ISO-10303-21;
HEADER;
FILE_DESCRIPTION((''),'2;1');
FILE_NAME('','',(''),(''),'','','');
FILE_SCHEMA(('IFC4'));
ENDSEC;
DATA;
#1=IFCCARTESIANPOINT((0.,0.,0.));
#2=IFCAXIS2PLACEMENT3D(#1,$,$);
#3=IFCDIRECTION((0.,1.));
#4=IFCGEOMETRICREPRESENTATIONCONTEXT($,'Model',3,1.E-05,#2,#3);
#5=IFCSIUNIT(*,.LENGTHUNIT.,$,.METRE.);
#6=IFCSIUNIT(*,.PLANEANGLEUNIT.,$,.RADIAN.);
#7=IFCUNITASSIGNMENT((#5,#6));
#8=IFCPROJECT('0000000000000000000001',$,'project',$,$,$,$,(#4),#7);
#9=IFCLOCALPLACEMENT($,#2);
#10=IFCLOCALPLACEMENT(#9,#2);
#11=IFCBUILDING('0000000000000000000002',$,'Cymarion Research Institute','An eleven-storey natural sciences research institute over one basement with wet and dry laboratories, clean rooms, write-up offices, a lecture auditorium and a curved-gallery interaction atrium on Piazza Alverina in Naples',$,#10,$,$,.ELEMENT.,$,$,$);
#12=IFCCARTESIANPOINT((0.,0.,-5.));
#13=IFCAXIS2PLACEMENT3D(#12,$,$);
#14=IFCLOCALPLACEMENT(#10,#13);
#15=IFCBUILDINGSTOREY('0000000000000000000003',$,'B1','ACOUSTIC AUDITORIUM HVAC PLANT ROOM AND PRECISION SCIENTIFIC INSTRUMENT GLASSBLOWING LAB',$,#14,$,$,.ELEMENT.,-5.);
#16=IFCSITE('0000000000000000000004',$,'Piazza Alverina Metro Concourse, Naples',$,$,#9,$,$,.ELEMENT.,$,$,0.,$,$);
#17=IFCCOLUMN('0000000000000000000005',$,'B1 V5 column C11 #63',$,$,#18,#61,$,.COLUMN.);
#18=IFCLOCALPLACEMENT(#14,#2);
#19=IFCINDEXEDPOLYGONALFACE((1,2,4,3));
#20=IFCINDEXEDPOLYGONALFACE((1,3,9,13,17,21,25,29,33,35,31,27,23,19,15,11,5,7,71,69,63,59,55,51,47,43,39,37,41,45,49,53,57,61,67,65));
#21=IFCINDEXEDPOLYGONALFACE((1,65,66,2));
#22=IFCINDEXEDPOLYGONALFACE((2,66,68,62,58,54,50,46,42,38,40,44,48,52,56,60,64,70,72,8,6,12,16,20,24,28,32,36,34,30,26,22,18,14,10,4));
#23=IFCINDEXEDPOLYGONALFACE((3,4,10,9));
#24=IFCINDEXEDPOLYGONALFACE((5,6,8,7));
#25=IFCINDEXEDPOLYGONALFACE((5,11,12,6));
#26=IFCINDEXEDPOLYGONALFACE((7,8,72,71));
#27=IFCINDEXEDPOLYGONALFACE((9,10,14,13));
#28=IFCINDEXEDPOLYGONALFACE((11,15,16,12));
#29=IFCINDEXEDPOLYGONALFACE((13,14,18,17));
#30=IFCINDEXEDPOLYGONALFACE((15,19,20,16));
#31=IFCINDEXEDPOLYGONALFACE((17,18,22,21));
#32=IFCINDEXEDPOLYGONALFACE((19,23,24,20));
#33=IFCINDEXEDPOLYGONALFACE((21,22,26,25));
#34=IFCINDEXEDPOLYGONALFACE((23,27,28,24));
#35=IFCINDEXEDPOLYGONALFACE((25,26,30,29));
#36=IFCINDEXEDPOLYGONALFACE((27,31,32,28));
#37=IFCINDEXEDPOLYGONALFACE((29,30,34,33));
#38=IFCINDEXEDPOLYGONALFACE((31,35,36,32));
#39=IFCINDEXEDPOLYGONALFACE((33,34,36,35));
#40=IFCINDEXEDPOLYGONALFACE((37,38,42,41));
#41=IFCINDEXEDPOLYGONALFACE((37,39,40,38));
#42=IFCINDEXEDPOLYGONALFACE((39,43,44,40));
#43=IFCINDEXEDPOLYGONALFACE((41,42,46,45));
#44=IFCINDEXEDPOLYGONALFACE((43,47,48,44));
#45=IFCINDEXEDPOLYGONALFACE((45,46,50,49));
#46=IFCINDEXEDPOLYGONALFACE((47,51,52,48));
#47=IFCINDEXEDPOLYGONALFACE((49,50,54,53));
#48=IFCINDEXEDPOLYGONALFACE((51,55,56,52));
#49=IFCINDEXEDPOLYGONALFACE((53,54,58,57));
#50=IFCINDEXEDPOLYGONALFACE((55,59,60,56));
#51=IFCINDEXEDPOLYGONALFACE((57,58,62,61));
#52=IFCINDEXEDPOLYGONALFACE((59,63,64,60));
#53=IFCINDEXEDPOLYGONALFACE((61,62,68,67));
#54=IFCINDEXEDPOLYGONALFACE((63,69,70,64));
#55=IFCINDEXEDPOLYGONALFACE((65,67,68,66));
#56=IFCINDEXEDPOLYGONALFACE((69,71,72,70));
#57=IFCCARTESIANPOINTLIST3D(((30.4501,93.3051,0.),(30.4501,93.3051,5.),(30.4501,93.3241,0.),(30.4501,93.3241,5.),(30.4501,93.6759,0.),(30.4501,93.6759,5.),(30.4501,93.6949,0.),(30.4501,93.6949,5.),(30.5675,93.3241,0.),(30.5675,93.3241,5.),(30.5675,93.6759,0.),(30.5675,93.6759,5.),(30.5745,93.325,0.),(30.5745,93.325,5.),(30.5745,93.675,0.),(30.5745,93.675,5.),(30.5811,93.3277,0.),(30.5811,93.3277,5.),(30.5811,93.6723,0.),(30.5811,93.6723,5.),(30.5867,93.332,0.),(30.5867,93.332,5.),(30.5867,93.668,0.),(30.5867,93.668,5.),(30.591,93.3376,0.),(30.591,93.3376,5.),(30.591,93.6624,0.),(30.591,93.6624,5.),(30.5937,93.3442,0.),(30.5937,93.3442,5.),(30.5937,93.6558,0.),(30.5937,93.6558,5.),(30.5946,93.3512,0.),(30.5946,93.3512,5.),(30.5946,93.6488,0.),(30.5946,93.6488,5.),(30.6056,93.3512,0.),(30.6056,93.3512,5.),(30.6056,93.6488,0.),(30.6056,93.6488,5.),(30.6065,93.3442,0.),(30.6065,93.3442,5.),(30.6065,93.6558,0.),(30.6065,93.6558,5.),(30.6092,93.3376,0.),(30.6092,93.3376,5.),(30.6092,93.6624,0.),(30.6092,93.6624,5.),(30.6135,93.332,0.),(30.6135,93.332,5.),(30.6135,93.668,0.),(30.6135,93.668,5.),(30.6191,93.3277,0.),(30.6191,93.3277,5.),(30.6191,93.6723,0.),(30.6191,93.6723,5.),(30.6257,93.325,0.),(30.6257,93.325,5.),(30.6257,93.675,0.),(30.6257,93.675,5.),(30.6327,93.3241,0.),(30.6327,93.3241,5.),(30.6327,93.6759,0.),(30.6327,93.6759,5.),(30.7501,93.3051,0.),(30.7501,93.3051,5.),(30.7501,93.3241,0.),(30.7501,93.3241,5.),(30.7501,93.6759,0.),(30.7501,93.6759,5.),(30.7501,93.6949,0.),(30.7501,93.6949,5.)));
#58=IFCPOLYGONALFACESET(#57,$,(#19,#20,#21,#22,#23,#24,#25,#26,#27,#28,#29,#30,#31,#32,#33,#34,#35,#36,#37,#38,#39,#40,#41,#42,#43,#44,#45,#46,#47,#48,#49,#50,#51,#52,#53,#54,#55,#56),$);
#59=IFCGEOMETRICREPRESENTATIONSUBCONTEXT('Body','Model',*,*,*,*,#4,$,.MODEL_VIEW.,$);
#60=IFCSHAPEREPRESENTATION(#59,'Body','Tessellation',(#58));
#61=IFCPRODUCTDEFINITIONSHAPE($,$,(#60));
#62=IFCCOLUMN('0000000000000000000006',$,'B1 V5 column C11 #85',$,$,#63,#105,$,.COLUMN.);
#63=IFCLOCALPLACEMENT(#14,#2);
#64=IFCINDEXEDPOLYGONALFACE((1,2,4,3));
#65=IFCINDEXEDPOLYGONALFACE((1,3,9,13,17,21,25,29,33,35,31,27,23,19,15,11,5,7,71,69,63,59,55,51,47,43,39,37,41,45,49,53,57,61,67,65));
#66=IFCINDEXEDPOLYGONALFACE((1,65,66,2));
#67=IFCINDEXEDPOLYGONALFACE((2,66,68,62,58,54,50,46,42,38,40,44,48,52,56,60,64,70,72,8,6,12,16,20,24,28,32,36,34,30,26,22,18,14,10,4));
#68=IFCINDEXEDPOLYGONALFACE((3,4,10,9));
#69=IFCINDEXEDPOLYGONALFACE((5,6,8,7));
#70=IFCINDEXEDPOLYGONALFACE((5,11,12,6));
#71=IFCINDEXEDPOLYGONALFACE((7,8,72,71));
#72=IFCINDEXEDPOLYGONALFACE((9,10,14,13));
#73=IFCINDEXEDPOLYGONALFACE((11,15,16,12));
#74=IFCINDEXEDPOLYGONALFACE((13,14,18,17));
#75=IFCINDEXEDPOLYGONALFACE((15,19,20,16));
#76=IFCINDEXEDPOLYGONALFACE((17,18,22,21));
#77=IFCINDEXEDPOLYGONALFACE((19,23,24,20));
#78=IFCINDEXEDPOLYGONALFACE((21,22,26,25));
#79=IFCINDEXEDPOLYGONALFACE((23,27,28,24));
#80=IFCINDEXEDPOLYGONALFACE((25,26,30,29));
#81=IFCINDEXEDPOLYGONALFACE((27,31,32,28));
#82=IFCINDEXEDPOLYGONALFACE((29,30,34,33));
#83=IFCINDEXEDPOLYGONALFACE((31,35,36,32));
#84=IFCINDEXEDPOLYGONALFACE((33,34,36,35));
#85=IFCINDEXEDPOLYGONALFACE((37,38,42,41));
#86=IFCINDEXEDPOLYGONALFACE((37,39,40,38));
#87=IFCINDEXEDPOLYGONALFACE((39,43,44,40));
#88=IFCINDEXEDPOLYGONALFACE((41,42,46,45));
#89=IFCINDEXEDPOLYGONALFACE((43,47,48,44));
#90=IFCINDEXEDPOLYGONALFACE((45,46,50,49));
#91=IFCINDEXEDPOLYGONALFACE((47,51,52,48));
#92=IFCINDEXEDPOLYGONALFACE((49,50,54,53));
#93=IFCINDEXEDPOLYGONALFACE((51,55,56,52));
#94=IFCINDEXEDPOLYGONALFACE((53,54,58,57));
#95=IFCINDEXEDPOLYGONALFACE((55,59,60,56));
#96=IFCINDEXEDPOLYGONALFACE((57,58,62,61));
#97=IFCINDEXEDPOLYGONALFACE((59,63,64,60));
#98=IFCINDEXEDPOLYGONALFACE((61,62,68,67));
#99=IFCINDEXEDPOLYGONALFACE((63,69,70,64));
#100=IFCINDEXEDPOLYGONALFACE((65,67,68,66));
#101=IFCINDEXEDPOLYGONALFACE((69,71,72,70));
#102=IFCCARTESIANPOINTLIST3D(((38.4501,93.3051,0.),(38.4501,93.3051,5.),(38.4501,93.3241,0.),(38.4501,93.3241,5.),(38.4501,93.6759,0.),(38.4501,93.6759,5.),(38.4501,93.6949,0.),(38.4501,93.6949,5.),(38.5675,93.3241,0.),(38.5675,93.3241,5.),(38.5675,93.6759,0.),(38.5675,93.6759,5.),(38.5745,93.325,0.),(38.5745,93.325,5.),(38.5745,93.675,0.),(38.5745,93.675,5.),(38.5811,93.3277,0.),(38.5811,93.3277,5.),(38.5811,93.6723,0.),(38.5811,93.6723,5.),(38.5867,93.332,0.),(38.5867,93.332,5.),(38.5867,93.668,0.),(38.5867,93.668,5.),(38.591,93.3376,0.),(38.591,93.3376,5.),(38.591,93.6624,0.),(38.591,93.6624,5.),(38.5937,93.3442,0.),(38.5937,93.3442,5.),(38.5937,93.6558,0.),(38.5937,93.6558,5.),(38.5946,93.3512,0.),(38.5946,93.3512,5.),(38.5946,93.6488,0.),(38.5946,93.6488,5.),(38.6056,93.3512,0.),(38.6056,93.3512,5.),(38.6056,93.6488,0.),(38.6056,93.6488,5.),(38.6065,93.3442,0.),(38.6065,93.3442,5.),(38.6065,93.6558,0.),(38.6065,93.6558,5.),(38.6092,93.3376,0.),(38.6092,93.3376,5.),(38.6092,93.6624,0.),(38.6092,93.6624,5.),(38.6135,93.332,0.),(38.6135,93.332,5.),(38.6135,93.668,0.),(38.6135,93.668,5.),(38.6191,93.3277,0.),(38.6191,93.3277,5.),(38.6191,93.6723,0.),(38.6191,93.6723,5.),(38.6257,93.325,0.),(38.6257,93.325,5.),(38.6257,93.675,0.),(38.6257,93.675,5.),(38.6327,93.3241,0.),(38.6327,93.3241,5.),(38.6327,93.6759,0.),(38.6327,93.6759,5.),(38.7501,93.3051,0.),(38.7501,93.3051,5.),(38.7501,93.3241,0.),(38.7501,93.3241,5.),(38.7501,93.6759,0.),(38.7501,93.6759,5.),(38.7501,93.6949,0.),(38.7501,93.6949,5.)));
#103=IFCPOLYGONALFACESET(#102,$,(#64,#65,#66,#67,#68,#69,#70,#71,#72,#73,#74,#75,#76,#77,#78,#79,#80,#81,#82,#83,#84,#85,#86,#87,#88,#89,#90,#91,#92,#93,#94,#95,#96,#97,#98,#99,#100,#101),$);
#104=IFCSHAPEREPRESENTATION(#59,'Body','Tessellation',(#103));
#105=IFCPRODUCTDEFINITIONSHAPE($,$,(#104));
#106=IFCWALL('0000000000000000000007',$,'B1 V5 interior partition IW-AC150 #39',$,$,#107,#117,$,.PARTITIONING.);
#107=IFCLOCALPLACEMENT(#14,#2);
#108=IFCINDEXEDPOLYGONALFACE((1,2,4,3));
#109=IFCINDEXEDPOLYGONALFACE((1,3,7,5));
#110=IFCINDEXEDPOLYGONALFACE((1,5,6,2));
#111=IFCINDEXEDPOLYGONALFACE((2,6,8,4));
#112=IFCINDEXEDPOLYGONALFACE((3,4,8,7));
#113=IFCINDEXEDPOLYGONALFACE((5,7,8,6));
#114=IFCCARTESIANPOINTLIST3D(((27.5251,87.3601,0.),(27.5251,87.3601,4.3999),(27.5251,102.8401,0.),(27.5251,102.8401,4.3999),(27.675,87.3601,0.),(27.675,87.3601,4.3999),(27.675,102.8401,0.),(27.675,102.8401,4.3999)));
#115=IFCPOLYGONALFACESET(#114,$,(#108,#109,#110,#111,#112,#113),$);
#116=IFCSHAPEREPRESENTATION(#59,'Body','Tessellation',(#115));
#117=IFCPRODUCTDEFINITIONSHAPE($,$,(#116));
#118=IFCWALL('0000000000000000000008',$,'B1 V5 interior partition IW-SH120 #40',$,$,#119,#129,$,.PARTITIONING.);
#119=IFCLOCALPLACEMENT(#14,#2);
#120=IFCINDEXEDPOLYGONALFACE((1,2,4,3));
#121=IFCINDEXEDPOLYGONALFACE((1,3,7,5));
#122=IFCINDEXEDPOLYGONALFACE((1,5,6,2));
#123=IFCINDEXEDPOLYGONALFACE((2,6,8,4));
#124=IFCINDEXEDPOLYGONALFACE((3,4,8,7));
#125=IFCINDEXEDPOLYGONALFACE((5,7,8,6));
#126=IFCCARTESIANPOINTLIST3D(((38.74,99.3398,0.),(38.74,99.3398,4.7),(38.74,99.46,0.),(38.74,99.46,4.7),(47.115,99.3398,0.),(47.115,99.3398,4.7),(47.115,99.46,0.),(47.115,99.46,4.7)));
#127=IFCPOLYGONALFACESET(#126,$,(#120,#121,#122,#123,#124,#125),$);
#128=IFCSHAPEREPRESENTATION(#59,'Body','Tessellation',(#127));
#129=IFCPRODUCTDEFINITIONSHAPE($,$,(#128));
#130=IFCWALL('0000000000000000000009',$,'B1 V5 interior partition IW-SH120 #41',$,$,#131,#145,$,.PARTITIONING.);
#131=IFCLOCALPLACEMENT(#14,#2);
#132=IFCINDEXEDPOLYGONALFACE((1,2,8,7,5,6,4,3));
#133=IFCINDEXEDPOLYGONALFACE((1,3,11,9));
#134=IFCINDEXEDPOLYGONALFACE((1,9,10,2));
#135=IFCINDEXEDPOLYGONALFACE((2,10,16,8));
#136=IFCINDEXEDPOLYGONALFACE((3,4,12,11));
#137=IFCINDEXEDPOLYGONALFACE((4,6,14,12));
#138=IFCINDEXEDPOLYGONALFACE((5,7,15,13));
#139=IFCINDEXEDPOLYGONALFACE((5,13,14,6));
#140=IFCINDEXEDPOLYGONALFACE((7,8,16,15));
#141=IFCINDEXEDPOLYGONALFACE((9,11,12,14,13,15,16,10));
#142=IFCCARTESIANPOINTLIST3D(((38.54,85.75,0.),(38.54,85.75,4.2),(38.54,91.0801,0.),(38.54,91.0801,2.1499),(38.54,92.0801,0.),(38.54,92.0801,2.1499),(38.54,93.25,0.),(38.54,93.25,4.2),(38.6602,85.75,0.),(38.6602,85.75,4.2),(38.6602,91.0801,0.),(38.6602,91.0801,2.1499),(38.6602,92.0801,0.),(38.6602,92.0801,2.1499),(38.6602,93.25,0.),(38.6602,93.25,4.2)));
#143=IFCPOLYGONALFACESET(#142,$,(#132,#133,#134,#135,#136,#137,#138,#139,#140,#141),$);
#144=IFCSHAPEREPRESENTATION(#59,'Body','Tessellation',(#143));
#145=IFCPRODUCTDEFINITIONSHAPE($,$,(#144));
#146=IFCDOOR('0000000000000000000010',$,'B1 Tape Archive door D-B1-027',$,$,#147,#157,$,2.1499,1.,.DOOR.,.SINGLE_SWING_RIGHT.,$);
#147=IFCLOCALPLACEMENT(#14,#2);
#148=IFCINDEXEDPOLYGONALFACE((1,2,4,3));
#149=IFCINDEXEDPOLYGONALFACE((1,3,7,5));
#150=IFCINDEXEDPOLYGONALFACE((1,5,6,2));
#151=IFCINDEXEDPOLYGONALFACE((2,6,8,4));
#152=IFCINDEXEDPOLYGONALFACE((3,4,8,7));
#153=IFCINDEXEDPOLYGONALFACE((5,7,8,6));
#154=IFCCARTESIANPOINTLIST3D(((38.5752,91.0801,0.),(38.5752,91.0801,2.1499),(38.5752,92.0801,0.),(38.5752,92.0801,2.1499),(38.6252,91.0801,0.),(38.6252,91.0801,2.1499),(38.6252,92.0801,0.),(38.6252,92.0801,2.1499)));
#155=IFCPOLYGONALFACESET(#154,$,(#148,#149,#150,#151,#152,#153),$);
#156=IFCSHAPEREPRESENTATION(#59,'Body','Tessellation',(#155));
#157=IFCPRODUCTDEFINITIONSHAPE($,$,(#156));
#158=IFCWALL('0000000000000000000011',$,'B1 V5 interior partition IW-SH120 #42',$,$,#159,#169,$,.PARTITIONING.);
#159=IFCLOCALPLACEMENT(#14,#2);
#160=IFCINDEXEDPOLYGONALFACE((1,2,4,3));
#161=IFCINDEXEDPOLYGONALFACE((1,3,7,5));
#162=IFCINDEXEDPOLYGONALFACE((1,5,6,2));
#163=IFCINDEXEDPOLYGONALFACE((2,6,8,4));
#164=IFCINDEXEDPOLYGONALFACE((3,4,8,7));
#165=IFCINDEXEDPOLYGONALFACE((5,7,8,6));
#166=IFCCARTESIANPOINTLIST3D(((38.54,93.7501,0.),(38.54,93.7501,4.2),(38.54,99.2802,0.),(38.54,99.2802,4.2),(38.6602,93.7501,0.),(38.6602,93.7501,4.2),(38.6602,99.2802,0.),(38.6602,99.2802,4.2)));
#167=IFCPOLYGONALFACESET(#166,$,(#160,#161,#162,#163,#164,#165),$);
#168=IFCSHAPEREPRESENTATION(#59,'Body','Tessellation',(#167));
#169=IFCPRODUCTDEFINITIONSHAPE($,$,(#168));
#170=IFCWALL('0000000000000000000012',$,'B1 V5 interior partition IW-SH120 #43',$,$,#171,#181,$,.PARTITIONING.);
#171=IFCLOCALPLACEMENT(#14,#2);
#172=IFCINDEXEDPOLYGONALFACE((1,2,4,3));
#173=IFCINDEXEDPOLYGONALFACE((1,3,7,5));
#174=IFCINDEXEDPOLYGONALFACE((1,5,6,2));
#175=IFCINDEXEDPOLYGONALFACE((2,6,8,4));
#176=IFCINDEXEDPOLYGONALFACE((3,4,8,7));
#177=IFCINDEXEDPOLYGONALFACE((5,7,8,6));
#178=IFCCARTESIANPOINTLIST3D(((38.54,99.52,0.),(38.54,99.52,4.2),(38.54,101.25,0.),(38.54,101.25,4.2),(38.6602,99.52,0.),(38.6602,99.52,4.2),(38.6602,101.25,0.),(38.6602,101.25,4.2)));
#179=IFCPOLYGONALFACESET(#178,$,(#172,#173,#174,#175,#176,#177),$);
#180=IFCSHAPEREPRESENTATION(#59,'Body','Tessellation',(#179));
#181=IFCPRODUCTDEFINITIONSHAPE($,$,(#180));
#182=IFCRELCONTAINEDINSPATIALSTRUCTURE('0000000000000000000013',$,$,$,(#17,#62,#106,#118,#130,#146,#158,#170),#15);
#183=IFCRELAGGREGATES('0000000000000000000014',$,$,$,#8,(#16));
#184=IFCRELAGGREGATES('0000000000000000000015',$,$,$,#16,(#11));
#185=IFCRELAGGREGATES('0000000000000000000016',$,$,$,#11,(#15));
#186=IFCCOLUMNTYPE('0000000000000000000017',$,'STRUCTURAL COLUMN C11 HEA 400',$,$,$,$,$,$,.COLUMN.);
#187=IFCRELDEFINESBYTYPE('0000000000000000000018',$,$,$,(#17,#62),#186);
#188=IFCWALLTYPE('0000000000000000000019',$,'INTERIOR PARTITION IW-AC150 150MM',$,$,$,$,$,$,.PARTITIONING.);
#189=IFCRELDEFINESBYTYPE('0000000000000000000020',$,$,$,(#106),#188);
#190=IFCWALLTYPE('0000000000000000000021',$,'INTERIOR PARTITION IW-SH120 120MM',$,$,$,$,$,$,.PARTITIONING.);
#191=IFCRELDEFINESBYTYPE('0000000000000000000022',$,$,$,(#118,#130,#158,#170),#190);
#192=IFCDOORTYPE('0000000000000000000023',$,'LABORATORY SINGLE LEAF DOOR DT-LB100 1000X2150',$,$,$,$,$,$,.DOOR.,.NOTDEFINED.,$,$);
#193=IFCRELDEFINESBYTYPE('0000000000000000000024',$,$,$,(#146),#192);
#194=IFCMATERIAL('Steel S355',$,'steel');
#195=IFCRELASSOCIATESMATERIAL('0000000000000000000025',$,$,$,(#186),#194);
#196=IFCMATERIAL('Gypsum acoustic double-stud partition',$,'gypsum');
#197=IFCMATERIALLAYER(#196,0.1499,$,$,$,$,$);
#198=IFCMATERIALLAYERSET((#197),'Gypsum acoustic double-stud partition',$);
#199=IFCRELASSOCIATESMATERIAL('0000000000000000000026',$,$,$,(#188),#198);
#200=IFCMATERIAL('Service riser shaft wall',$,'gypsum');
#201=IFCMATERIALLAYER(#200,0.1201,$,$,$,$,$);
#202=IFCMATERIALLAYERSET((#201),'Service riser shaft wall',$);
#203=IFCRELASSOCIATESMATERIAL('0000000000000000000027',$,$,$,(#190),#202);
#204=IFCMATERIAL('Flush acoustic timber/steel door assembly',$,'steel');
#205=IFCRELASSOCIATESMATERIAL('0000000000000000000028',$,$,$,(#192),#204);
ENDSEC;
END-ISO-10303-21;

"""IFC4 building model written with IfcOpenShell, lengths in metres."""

from ifc_helpers import new_model, si_unit, direction, frame, frame_2d, origin, origin_2d, place, context, subcontext, project, spatial, rectangle, i_section, extrude, material, layer, layer_set, material_profile, profile_set, type_object, element, fill, save


model = new_model("IFC4")

# Units and contexts
model_context = context("Model", 3, precision=1e-05, world=origin(), true_north=direction((0.0, 1.0)))
body_context = subcontext(model_context, "Body", "Model", "MODEL_VIEW")
ifc_project = project(units=[si_unit("LENGTHUNIT", "METRE"), si_unit("PLANEANGLEUNIT", "RADIAN")], contexts=[model_context])

# Site, building, storey
site_placement = place(None, origin())
site = spatial("IfcSite", under=ifc_project, at=site_placement, Name="Piazza Alverina Metro Concourse, Naples", CompositionType="ELEMENT", RefElevation=0.0)
building_placement = place(site_placement, origin())
building = spatial("IfcBuilding", under=site, at=building_placement, Name="Cymarion Research Institute", Description="An eleven-storey natural sciences research institute over one basement with wet and dry laboratories, clean rooms, write-up offices, a lecture auditorium and a curved-gallery interaction atrium on Piazza Alverina in Naples", CompositionType="ELEMENT")
storey_placement = place(building_placement, frame((0.0, 0.0, -5.0)))
storey = spatial("IfcBuildingStorey", under=building, at=storey_placement, Name="B1", Description="ACOUSTIC AUDITORIUM HVAC PLANT ROOM AND PRECISION SCIENTIFIC INSTRUMENT GLASSBLOWING LAB", CompositionType="ELEMENT", Elevation=-5.0)

# Columns
ifc_material_1 = material(Name="Steel S355", Category="steel")
ifc_material_profile_1 = material_profile(ifc_material_1, i_section(OverallWidth=0.3, OverallDepth=0.3899, WebThickness=0.011, FlangeThickness=0.019, FilletRadius=0.0271, at=origin_2d()), Name="HEA 400")
ifc_profile_set_1 = profile_set([ifc_material_profile_1], Name="Steel S355")
column_type_1 = type_object("IfcColumnType", Name="STRUCTURAL COLUMN C11 HEA 400", PredefinedType="COLUMN", material=ifc_profile_set_1)
for number, where, z_axis, x_axis, name in (
    (1, (30.6001, 93.5, 0.0), (0.0, 0.0, 1.0), (1.0, 0.0, 0.0), "B1 V5 column C11 #63"),
    (2, (38.6001, 93.5, 0.0), (0.0, 0.0, 1.0), (1.0, 0.0, 0.0), "B1 V5 column C11 #85"),
):
    element("IfcColumn", number, at=place(storey_placement, frame(where, z_axis=z_axis, x_axis=x_axis)), inside=storey, type_object=column_type_1, Name=name, PredefinedType="COLUMN", context=body_context, shape_type="SweptSolid", body=[
        extrude(i_section(OverallWidth=0.3, OverallDepth=0.3899, WebThickness=0.011, FlangeThickness=0.019, FilletRadius=0.0271, at=origin_2d()), origin(), (0.0, 0.0, 1.0), 5.0),
    ])

# Walls
ifc_material_2 = material(Name="Gypsum acoustic double-stud partition", Category="gypsum")
ifc_layer_1 = layer(ifc_material_2, 0.1499)
ifc_layer_set_1 = layer_set([ifc_layer_1], Name="Gypsum acoustic double-stud partition")
wall_type_1 = type_object("IfcWallType", Name="INTERIOR PARTITION IW-AC150 150MM", PredefinedType="PARTITIONING", material=ifc_layer_set_1)
wall_1_placement = place(storey_placement, frame((27.6001, 87.3601, 0.0), z_axis=(0.0, 0.0, 1.0), x_axis=(0.0, 1.0, 0.0)))
element("IfcWall", 3, at=wall_1_placement, inside=storey, type_object=wall_type_1, Name="B1 V5 interior partition IW-AC150 #39", PredefinedType="PARTITIONING", context=body_context, shape_type="SweptSolid", body=[
    extrude(rectangle(XDim=15.48, YDim=0.1499, at=frame_2d((7.74, 0.0))), origin(), (0.0, 0.0, 1.0), 4.3999),
])
ifc_material_3 = material(Name="Service riser shaft wall", Category="gypsum")
ifc_layer_2 = layer(ifc_material_3, 0.1201)
ifc_layer_set_2 = layer_set([ifc_layer_2], Name="Service riser shaft wall")
wall_type_2 = type_object("IfcWallType", Name="INTERIOR PARTITION IW-SH120 120MM", PredefinedType="PARTITIONING", material=ifc_layer_set_2)
wall_2_placement = place(storey_placement, frame((38.74, 99.3999, 0.0), z_axis=(0.0, 0.0, 1.0), x_axis=(1.0, 0.0, 0.0)))
element("IfcWall", 4, at=wall_2_placement, inside=storey, type_object=wall_type_2, Name="B1 V5 interior partition IW-SH120 #40", PredefinedType="PARTITIONING", context=body_context, shape_type="SweptSolid", body=[
    extrude(rectangle(XDim=8.375, YDim=0.1201, at=frame_2d((4.1875, 0.0))), origin(), (0.0, 0.0, 1.0), 4.7),
])

# Wall, opening, door
wall_3_placement = place(storey_placement, frame((38.6001, 85.75, 0.0), z_axis=(0.0, 0.0, 1.0), x_axis=(0.0, 1.0, 0.0)))
wall_3 = element("IfcWall", 5, at=wall_3_placement, inside=storey, type_object=wall_type_2, Name="B1 V5 interior partition IW-SH120 #41", PredefinedType="PARTITIONING", context=body_context, shape_type="SweptSolid", body=[
    extrude(rectangle(XDim=7.5, YDim=0.1201, at=frame_2d((3.75, 0.0))), origin(), (0.0, 0.0, 1.0), 4.2),
])
opening_placement = place(wall_3_placement, frame((5.3301, 0.0, 0.0)))
opening = element("IfcOpeningElement", 6, at=opening_placement, cuts=wall_3, PredefinedType="OPENING", context=body_context, shape_type="SweptSolid", body=[
    extrude(rectangle(XDim=1.0, YDim=2.1499, at=frame_2d((0.5, 1.075))), frame((0.0, 0.0701, 0.0), z_axis=(0.0, -1.0, 0.0), x_axis=(1.0, 0.0, 0.0)), (0.0, 0.0, 1.0), 0.1401),
])
ifc_material_4 = material(Name="Flush acoustic timber/steel door assembly", Category="steel")
door_type = type_object("IfcDoorType", Name="LABORATORY SINGLE LEAF DOOR DT-LB100 1000X2150", OperationType="NOTDEFINED", PredefinedType="DOOR", material=ifc_material_4)
door_placement = place(opening_placement, origin())
door = element("IfcDoor", 7, at=door_placement, inside=storey, type_object=door_type, Name="B1 Tape Archive door D-B1-027", OperationType="SINGLE_SWING_RIGHT", OverallHeight=2.1499, OverallWidth=1.0, PredefinedType="DOOR", context=body_context, shape_type="SweptSolid", body=[
    extrude(rectangle(XDim=1.0, YDim=2.1499, at=frame_2d((0.5, 1.075))), frame((0.0, 0.0249, 0.0), z_axis=(0.0, -1.0, 0.0), x_axis=(1.0, 0.0, 0.0)), (0.0, 0.0, 1.0), 0.05),
])
fill(opening, door)

# Walls
wall_4_placement = place(storey_placement, frame((38.6001, 93.75, 0.0), z_axis=(0.0, 0.0, 1.0), x_axis=(0.0, 1.0, 0.0)))
element("IfcWall", 8, at=wall_4_placement, inside=storey, type_object=wall_type_2, Name="B1 V5 interior partition IW-SH120 #42", PredefinedType="PARTITIONING", context=body_context, shape_type="SweptSolid", body=[
    extrude(rectangle(XDim=5.53, YDim=0.1201, at=frame_2d((2.7651, 0.0))), origin(), (0.0, 0.0, 1.0), 4.2),
])
wall_5_placement = place(storey_placement, frame((38.6001, 99.52, 0.0), z_axis=(0.0, 0.0, 1.0), x_axis=(0.0, 1.0, 0.0)))
element("IfcWall", 9, at=wall_5_placement, inside=storey, type_object=wall_type_2, Name="B1 V5 interior partition IW-SH120 #43", PredefinedType="PARTITIONING", context=body_context, shape_type="SweptSolid", body=[
    extrude(rectangle(XDim=1.73, YDim=0.1201, at=frame_2d((0.865, 0.0))), origin(), (0.0, 0.0, 1.0), 4.2),
])

save(model, "model.ifc")
